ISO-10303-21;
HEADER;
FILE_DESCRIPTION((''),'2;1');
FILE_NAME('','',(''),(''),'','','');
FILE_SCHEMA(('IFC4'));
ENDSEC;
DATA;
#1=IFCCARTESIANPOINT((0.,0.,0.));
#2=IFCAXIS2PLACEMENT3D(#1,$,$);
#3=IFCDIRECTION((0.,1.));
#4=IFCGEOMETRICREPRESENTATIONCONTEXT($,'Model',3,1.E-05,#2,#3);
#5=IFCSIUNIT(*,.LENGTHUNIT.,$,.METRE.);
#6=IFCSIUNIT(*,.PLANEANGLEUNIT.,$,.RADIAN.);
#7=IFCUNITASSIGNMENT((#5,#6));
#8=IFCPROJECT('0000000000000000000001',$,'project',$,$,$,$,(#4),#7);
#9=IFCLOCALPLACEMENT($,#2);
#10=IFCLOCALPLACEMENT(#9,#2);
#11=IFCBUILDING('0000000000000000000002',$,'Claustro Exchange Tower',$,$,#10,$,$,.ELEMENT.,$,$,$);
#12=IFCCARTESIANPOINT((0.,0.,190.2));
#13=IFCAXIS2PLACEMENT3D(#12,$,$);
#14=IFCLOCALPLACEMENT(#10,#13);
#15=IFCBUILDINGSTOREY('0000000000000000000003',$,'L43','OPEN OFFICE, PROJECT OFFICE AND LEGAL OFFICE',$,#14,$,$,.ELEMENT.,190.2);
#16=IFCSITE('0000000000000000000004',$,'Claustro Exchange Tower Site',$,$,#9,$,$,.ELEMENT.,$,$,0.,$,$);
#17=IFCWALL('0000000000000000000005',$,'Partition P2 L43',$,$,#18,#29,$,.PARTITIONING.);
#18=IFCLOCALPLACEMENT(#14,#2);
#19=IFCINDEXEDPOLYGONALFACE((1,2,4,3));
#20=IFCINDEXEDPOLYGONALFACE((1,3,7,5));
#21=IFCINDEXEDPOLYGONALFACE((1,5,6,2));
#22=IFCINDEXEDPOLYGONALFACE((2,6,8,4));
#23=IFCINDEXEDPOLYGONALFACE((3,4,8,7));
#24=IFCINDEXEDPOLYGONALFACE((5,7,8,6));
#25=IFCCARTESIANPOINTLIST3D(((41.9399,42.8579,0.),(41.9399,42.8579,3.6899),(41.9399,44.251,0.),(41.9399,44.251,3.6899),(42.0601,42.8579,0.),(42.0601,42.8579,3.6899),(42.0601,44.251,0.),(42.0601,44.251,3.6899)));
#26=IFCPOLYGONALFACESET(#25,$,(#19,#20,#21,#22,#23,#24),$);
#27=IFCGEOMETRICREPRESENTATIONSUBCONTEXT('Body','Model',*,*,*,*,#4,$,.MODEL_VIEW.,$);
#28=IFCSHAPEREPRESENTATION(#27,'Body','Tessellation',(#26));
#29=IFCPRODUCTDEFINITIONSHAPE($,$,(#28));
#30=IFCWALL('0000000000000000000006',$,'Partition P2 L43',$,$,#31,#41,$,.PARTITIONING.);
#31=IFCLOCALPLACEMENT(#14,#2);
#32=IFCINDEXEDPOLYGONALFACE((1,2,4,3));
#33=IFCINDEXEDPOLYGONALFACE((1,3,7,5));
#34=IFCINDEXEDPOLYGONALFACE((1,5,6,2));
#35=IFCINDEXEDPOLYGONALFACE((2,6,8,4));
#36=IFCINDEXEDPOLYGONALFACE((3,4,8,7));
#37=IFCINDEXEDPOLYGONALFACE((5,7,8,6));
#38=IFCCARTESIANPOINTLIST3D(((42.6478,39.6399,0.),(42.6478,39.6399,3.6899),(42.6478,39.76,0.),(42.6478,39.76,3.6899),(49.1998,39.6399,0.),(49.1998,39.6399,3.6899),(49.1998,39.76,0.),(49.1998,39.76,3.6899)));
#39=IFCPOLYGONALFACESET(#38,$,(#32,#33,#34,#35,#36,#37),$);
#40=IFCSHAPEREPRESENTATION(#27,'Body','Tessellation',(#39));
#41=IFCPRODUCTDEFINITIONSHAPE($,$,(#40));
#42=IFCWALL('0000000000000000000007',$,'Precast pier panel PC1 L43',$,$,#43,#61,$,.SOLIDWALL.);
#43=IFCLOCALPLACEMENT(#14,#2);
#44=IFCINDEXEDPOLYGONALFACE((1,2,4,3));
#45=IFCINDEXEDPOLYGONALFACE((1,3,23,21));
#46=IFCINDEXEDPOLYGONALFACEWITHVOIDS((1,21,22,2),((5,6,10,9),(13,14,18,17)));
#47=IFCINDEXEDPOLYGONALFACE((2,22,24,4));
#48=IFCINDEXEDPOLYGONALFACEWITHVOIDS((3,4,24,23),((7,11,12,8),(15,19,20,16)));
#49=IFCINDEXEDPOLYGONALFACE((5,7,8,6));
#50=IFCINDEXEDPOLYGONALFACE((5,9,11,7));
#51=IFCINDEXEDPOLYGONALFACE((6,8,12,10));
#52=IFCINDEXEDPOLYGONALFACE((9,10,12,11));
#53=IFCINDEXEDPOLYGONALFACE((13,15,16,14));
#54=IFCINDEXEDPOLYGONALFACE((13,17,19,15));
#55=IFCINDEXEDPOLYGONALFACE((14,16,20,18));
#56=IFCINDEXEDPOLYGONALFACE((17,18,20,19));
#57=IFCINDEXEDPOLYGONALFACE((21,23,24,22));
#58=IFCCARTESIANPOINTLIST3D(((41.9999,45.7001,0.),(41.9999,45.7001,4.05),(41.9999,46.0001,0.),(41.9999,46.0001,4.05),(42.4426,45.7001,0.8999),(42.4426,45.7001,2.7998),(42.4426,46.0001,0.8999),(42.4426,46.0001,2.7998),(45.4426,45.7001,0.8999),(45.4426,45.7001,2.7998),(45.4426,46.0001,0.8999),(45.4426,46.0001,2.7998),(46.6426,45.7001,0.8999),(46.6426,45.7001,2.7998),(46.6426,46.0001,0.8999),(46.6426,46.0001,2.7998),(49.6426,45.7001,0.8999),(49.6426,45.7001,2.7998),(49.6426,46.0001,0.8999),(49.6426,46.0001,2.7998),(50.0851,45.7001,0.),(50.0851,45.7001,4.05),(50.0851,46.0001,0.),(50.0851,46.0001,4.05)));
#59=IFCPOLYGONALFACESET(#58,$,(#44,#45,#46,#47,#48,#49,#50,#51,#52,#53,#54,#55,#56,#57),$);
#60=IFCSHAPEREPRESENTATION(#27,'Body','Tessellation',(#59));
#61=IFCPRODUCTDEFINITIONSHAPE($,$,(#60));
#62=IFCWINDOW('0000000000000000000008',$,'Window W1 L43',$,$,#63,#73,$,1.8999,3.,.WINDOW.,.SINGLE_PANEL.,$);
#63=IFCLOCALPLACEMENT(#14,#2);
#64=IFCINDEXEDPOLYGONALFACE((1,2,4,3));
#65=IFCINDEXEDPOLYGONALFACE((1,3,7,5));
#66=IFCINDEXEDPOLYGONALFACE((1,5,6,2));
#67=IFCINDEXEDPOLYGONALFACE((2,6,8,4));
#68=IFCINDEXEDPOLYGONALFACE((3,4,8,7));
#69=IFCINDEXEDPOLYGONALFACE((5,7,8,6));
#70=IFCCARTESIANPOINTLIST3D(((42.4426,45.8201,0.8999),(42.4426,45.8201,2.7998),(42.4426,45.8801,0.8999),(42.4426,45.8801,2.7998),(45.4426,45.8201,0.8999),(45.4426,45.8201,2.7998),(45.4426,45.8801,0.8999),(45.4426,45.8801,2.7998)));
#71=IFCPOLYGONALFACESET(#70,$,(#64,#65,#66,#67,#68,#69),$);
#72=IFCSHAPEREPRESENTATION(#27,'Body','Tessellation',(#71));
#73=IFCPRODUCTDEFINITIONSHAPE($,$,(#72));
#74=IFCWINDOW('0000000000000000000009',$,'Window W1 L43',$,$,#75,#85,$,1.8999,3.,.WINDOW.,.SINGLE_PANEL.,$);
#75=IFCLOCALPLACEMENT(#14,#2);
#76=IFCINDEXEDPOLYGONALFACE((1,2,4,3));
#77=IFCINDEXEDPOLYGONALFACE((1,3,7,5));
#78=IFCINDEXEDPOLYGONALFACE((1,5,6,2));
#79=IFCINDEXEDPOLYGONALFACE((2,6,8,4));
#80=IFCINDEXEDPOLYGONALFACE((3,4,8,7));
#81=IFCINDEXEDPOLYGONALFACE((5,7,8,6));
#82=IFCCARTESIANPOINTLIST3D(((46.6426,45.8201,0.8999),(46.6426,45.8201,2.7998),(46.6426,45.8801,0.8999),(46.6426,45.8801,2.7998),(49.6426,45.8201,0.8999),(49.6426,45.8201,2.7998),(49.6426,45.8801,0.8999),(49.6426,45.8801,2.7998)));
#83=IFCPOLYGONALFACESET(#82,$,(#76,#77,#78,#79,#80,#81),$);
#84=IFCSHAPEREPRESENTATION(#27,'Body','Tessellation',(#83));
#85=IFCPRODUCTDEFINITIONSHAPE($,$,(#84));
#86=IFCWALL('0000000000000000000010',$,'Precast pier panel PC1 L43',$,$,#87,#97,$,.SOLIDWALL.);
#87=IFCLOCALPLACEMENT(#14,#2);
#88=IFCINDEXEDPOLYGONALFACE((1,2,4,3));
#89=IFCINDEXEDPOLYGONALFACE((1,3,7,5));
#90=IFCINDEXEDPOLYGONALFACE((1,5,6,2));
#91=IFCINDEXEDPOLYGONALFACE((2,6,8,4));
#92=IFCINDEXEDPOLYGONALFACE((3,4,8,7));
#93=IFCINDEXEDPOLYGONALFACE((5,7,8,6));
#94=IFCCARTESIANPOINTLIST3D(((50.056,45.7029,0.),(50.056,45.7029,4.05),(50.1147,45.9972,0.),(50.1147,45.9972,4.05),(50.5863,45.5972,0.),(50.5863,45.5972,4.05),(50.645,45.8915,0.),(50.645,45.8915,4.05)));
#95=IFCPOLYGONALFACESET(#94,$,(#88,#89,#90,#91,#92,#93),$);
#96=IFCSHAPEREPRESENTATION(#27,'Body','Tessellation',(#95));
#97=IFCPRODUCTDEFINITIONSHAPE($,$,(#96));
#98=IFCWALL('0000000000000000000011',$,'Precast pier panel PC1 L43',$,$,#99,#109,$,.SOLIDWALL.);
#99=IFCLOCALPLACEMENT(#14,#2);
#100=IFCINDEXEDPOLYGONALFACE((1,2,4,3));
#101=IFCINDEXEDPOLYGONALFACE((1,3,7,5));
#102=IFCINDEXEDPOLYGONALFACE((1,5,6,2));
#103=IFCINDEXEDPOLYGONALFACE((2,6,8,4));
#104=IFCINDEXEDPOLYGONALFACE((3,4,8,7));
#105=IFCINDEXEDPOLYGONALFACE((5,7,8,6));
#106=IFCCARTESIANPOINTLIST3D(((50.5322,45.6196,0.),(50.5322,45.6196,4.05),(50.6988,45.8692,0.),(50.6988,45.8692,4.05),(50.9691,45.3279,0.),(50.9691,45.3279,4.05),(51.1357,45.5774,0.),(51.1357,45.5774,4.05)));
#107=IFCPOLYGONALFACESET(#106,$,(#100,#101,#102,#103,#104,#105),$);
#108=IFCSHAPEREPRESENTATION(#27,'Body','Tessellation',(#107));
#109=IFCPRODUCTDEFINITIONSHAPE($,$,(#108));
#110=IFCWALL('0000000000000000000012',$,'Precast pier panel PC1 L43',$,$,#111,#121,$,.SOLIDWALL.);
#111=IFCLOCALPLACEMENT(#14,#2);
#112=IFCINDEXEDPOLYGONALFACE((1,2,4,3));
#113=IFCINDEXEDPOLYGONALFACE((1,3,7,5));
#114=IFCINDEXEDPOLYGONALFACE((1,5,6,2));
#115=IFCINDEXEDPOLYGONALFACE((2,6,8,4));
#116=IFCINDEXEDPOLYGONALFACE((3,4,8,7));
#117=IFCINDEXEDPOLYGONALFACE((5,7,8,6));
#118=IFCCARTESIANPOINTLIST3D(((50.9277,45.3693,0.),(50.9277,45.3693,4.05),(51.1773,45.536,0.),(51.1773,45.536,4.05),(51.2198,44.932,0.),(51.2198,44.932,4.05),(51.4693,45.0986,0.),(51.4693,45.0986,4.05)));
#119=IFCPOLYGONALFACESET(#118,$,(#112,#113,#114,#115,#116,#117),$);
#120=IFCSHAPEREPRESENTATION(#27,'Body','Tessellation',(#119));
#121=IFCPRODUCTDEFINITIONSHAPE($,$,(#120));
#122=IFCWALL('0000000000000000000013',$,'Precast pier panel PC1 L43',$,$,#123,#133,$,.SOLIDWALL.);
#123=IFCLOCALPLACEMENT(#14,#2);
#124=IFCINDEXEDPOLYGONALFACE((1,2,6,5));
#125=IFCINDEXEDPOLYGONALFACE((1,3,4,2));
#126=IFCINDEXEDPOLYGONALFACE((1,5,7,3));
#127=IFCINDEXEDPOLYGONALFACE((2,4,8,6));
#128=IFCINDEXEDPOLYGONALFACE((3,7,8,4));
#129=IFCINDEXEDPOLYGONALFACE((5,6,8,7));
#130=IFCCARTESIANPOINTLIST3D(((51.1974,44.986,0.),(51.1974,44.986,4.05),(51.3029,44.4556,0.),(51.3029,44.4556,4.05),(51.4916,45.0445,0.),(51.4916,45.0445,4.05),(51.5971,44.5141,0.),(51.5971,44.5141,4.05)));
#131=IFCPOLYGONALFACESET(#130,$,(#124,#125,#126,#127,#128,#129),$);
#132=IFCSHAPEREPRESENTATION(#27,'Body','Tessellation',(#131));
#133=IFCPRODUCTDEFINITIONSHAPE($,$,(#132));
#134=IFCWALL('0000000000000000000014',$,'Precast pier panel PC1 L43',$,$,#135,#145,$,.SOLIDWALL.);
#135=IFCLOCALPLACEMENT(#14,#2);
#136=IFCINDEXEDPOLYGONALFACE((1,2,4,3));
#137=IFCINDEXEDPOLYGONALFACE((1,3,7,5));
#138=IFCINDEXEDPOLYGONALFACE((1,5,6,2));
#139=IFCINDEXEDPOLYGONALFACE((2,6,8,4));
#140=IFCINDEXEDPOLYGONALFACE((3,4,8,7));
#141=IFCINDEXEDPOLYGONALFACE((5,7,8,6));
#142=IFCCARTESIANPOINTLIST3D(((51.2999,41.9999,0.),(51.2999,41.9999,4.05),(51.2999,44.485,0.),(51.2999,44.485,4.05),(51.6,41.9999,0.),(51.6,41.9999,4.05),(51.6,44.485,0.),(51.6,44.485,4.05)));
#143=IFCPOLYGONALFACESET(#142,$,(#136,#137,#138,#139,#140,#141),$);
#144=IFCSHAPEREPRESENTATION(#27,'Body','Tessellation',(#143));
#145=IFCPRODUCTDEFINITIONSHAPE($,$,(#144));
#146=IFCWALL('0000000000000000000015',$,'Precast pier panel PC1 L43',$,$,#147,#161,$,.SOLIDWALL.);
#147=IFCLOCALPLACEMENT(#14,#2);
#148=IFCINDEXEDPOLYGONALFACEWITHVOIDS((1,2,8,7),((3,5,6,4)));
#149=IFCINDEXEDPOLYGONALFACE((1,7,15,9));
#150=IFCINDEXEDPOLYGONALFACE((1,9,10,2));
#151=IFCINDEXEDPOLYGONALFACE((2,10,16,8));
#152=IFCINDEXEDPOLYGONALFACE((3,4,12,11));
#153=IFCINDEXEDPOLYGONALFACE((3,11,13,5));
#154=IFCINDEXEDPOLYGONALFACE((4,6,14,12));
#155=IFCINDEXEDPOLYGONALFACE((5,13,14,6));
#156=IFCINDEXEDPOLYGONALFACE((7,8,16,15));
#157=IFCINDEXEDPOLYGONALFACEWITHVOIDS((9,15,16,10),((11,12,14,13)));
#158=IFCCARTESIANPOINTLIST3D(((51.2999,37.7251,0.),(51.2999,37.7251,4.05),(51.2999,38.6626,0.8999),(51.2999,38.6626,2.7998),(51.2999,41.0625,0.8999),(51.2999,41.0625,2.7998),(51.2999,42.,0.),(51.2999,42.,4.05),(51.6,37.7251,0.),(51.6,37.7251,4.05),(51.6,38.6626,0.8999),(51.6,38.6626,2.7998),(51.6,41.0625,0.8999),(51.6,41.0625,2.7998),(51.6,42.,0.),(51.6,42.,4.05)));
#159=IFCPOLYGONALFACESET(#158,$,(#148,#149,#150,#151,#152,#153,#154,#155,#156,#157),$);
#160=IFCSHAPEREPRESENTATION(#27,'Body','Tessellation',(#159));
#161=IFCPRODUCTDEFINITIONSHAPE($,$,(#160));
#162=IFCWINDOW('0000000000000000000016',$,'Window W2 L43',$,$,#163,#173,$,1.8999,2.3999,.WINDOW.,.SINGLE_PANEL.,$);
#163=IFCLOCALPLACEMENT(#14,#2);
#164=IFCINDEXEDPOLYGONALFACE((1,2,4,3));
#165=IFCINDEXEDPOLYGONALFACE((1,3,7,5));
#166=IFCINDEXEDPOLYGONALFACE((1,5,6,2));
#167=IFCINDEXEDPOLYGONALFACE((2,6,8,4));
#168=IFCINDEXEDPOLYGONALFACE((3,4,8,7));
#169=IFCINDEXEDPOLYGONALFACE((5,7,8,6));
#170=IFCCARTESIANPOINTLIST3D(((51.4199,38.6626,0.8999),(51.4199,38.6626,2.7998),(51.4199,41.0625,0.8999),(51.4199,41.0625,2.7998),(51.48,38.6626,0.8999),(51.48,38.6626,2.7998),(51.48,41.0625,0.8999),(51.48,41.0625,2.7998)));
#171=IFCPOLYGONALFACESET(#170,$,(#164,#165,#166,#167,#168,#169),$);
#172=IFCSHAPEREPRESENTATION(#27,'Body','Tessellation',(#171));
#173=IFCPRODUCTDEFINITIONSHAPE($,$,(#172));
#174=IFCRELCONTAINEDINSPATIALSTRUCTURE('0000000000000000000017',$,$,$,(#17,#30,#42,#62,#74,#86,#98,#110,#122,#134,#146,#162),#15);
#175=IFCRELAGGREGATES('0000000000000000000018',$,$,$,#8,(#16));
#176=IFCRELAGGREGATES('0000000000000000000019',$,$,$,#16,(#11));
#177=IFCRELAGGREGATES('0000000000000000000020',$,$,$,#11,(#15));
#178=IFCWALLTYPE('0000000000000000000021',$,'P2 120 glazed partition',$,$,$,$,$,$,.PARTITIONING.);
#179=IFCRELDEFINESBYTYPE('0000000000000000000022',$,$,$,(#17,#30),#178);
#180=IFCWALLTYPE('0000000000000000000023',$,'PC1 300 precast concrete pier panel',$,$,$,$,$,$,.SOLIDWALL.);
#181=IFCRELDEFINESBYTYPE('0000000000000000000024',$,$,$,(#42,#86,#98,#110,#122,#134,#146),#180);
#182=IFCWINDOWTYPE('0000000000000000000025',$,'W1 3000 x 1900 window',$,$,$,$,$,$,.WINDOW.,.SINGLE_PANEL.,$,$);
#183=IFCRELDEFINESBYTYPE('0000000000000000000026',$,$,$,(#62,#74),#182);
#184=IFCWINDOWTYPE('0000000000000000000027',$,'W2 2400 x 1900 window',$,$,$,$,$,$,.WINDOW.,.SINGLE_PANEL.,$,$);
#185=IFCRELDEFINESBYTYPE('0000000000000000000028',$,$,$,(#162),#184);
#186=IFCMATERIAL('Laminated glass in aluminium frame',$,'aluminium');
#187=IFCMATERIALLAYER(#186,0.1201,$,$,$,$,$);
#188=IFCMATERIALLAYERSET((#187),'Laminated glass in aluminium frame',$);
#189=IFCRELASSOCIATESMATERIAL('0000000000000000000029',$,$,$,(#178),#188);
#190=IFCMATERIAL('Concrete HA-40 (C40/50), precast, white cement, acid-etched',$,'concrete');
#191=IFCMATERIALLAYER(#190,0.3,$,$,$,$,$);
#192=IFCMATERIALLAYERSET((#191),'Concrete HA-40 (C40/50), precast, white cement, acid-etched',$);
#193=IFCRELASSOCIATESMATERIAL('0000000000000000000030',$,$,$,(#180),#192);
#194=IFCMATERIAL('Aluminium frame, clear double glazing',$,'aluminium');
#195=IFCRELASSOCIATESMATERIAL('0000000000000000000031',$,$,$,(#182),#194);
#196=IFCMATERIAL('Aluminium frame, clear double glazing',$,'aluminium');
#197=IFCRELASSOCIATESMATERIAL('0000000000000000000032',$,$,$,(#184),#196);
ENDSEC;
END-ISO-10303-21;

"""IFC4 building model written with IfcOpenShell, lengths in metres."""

from ifc_helpers import new_model, si_unit, direction, frame, frame_2d, origin, place, context, subcontext, project, spatial, rectangle, extrude, material, layer, layer_set, type_object, element, fill, save


model = new_model("IFC4")

# Units and contexts
model_context = context("Model", 3, precision=1e-05, world=origin(), true_north=direction((0.0, 1.0)))
body_context = subcontext(model_context, "Body", "Model", "MODEL_VIEW")
ifc_project = project(units=[si_unit("LENGTHUNIT", "METRE"), si_unit("PLANEANGLEUNIT", "RADIAN")], contexts=[model_context])

# Site, building, storey
site_placement = place(None, origin())
site = spatial("IfcSite", under=ifc_project, at=site_placement, Name="Claustro Exchange Tower Site", CompositionType="ELEMENT", RefElevation=0.0)
building_placement = place(site_placement, origin())
building = spatial("IfcBuilding", under=site, at=building_placement, Name="Claustro Exchange Tower", CompositionType="ELEMENT")
storey_placement = place(building_placement, frame((0.0, 0.0, 190.2)))
storey = spatial("IfcBuildingStorey", under=building, at=storey_placement, Name="L43", Description="OPEN OFFICE, PROJECT OFFICE AND LEGAL OFFICE", CompositionType="ELEMENT", Elevation=190.2)

# Walls
ifc_material_1 = material(Name="Laminated glass in aluminium frame", Category="aluminium")
ifc_layer_1 = layer(ifc_material_1, 0.1201)
ifc_layer_set_1 = layer_set([ifc_layer_1], Name="Laminated glass in aluminium frame")
wall_type_1 = type_object("IfcWallType", Name="P2 120 glazed partition", PredefinedType="PARTITIONING", material=ifc_layer_set_1)
wall_1_placement = place(storey_placement, frame((42.0, 42.8579, 0.0), z_axis=(0.0, 0.0, 1.0), x_axis=(0.0, 1.0, 0.0)))
element("IfcWall", 1, at=wall_1_placement, inside=storey, type_object=wall_type_1, Name="Partition P2 L43", PredefinedType="PARTITIONING", context=body_context, shape_type="SweptSolid", body=[
    extrude(rectangle(XDim=1.3931, YDim=0.1201, at=frame_2d((0.6965, 0.0))), origin(), (0.0, 0.0, 1.0), 3.6899),
])
wall_2_placement = place(storey_placement, frame((42.6479, 39.7, 0.0), z_axis=(0.0, 0.0, 1.0), x_axis=(1.0, 0.0, 0.0)))
element("IfcWall", 2, at=wall_2_placement, inside=storey, type_object=wall_type_1, Name="Partition P2 L43", PredefinedType="PARTITIONING", context=body_context, shape_type="SweptSolid", body=[
    extrude(rectangle(XDim=6.552, YDim=0.1201, at=frame_2d((3.2759, 0.0))), origin(), (0.0, 0.0, 1.0), 3.6899),
])

# Wall, openings, windows
ifc_material_2 = material(Name="Concrete HA-40 (C40/50), precast, white cement, acid-etched", Category="concrete")
ifc_layer_2 = layer(ifc_material_2, 0.3)
ifc_layer_set_2 = layer_set([ifc_layer_2], Name="Concrete HA-40 (C40/50), precast, white cement, acid-etched")
wall_type_2 = type_object("IfcWallType", Name="PC1 300 precast concrete pier panel", PredefinedType="SOLIDWALL", material=ifc_layer_set_2)
wall_3_placement = place(storey_placement, frame((42.0, 45.8501, 0.0), z_axis=(0.0, 0.0, 1.0), x_axis=(1.0, 0.0, 0.0)))
wall_3 = element("IfcWall", 3, at=wall_3_placement, inside=storey, type_object=wall_type_2, Name="Precast pier panel PC1 L43", PredefinedType="SOLIDWALL", context=body_context, shape_type="SweptSolid", body=[
    extrude(rectangle(XDim=8.0852, YDim=0.3, at=frame_2d((4.0425, 0.0))), origin(), (0.0, 0.0, 1.0), 4.05),
])
opening_1_placement = place(wall_3_placement, frame((0.4426, 0.0, 0.8999)))
opening_1 = element("IfcOpeningElement", 4, at=opening_1_placement, cuts=wall_3, PredefinedType="OPENING", context=body_context, shape_type="SweptSolid", body=[
    extrude(rectangle(XDim=3.0, YDim=1.8999, at=frame_2d((1.5, 0.95))), frame((0.0, 0.1599, 0.0), z_axis=(0.0, -1.0, 0.0), x_axis=(1.0, 0.0, 0.0)), (0.0, 0.0, 1.0), 0.3201),
])
opening_2_placement = place(wall_3_placement, frame((4.6426, 0.0, 0.8999)))
opening_2 = element("IfcOpeningElement", 5, at=opening_2_placement, cuts=wall_3, PredefinedType="OPENING", context=body_context, shape_type="SweptSolid", body=[
    extrude(rectangle(XDim=3.0, YDim=1.8999, at=frame_2d((1.5, 0.95))), frame((0.0, 0.1599, 0.0), z_axis=(0.0, -1.0, 0.0), x_axis=(1.0, 0.0, 0.0)), (0.0, 0.0, 1.0), 0.3201),
])
ifc_material_3 = material(Name="Aluminium frame, clear double glazing", Category="aluminium")
window_type_1 = type_object("IfcWindowType", Name="W1 3000 x 1900 window", PartitioningType="SINGLE_PANEL", PredefinedType="WINDOW", material=ifc_material_3)
window_1_placement = place(opening_1_placement, origin())
window_1 = element("IfcWindow", 6, at=window_1_placement, inside=storey, type_object=window_type_1, Name="Window W1 L43", OverallHeight=1.8999, OverallWidth=3.0, PartitioningType="SINGLE_PANEL", PredefinedType="WINDOW", context=body_context, shape_type="SweptSolid", body=[
    extrude(rectangle(XDim=3.0, YDim=1.8999, at=frame_2d((1.5, 0.95))), frame((0.0, 0.03, 0.0), z_axis=(0.0, -1.0, 0.0), x_axis=(1.0, 0.0, 0.0)), (0.0, 0.0, 1.0), 0.0601),
])
fill(opening_1, window_1)
window_2_placement = place(opening_2_placement, origin())
window_2 = element("IfcWindow", 7, at=window_2_placement, inside=storey, type_object=window_type_1, Name="Window W1 L43", OverallHeight=1.8999, OverallWidth=3.0, PartitioningType="SINGLE_PANEL", PredefinedType="WINDOW", context=body_context, shape_type="SweptSolid", body=[
    extrude(rectangle(XDim=3.0, YDim=1.8999, at=frame_2d((1.5, 0.95))), frame((0.0, 0.03, 0.0), z_axis=(0.0, -1.0, 0.0), x_axis=(1.0, 0.0, 0.0)), (0.0, 0.0, 1.0), 0.0601),
])
fill(opening_2, window_2)

# Walls
wall_4_placement = place(storey_placement, frame((50.0852, 45.8501, 0.0), z_axis=(0.0, 0.0, 1.0), x_axis=(0.980702, -0.195508, 0.0)))
element("IfcWall", 8, at=wall_4_placement, inside=storey, type_object=wall_type_2, Name="Precast pier panel PC1 L43", PredefinedType="SOLIDWALL", context=body_context, shape_type="SweptSolid", body=[
    extrude(rectangle(XDim=0.5408, YDim=0.3, at=frame_2d((0.2705, 0.0))), origin(), (0.0, 0.0, 1.0), 4.05),
])
wall_5_placement = place(storey_placement, frame((50.6155, 45.7444, 0.0), z_axis=(0.0, 0.0, 1.0), x_axis=(0.831693, -0.555236, 0.0)))
element("IfcWall", 9, at=wall_5_placement, inside=storey, type_object=wall_type_2, Name="Precast pier panel PC1 L43", PredefinedType="SOLIDWALL", context=body_context, shape_type="SweptSolid", body=[
    extrude(rectangle(XDim=0.5254, YDim=0.3, at=frame_2d((0.2627, 0.0))), origin(), (0.0, 0.0, 1.0), 4.05),
])
wall_6_placement = place(storey_placement, frame((51.0525, 45.4526, 0.0), z_axis=(0.0, 0.0, 1.0), x_axis=(0.555343, -0.831621, 0.0)))
element("IfcWall", 10, at=wall_6_placement, inside=storey, type_object=wall_type_2, Name="Precast pier panel PC1 L43", PredefinedType="SOLIDWALL", context=body_context, shape_type="SweptSolid", body=[
    extrude(rectangle(XDim=0.5259, YDim=0.3, at=frame_2d((0.2629, 0.0))), origin(), (0.0, 0.0, 1.0), 4.05),
])
wall_7_placement = place(storey_placement, frame((51.3445, 45.0154, 0.0), z_axis=(0.0, 0.0, 1.0), x_axis=(0.195074, -0.980789, 0.0)))
element("IfcWall", 11, at=wall_7_placement, inside=storey, type_object=wall_type_2, Name="Precast pier panel PC1 L43", PredefinedType="SOLIDWALL", context=body_context, shape_type="SweptSolid", body=[
    extrude(rectangle(XDim=0.5408, YDim=0.3, at=frame_2d((0.2705, 0.0))), origin(), (0.0, 0.0, 1.0), 4.05),
])
wall_8_placement = place(storey_placement, frame((51.45, 44.4851, 0.0), z_axis=(0.0, 0.0, 1.0), x_axis=(0.0, -1.0, 0.0)))
element("IfcWall", 12, at=wall_8_placement, inside=storey, type_object=wall_type_2, Name="Precast pier panel PC1 L43", PredefinedType="SOLIDWALL", context=body_context, shape_type="SweptSolid", body=[
    extrude(rectangle(XDim=2.4851, YDim=0.3, at=frame_2d((1.2427, 0.0))), origin(), (0.0, 0.0, 1.0), 4.05),
])

# Wall, opening, window
wall_9_placement = place(storey_placement, frame((51.45, 42.0, 0.0), z_axis=(0.0, 0.0, 1.0), x_axis=(0.0, -1.0, 0.0)))
wall_9 = element("IfcWall", 13, at=wall_9_placement, inside=storey, type_object=wall_type_2, Name="Precast pier panel PC1 L43", PredefinedType="SOLIDWALL", context=body_context, shape_type="SweptSolid", body=[
    extrude(rectangle(XDim=4.2749, YDim=0.3, at=frame_2d((2.1375, 0.0))), origin(), (0.0, 0.0, 1.0), 4.05),
])
opening_3_placement = place(wall_9_placement, frame((0.9375, 0.0, 0.8999)))
opening_3 = element("IfcOpeningElement", 14, at=opening_3_placement, cuts=wall_9, PredefinedType="OPENING", context=body_context, shape_type="SweptSolid", body=[
    extrude(rectangle(XDim=2.3999, YDim=1.8999, at=frame_2d((1.2, 0.95))), frame((0.0, 0.1599, 0.0), z_axis=(0.0, -1.0, 0.0), x_axis=(1.0, 0.0, 0.0)), (0.0, 0.0, 1.0), 0.3201),
])
ifc_material_4 = material(Name="Aluminium frame, clear double glazing", Category="aluminium")
window_type_2 = type_object("IfcWindowType", Name="W2 2400 x 1900 window", PartitioningType="SINGLE_PANEL", PredefinedType="WINDOW", material=ifc_material_4)
window_3_placement = place(opening_3_placement, origin())
window_3 = element("IfcWindow", 15, at=window_3_placement, inside=storey, type_object=window_type_2, Name="Window W2 L43", OverallHeight=1.8999, OverallWidth=2.3999, PartitioningType="SINGLE_PANEL", PredefinedType="WINDOW", context=body_context, shape_type="SweptSolid", body=[
    extrude(rectangle(XDim=2.3999, YDim=1.8999, at=frame_2d((1.2, 0.95))), frame((0.0, 0.03, 0.0), z_axis=(0.0, -1.0, 0.0), x_axis=(1.0, 0.0, 0.0)), (0.0, 0.0, 1.0), 0.0601),
])
fill(opening_3, window_3)

save(model, "model.ifc")
